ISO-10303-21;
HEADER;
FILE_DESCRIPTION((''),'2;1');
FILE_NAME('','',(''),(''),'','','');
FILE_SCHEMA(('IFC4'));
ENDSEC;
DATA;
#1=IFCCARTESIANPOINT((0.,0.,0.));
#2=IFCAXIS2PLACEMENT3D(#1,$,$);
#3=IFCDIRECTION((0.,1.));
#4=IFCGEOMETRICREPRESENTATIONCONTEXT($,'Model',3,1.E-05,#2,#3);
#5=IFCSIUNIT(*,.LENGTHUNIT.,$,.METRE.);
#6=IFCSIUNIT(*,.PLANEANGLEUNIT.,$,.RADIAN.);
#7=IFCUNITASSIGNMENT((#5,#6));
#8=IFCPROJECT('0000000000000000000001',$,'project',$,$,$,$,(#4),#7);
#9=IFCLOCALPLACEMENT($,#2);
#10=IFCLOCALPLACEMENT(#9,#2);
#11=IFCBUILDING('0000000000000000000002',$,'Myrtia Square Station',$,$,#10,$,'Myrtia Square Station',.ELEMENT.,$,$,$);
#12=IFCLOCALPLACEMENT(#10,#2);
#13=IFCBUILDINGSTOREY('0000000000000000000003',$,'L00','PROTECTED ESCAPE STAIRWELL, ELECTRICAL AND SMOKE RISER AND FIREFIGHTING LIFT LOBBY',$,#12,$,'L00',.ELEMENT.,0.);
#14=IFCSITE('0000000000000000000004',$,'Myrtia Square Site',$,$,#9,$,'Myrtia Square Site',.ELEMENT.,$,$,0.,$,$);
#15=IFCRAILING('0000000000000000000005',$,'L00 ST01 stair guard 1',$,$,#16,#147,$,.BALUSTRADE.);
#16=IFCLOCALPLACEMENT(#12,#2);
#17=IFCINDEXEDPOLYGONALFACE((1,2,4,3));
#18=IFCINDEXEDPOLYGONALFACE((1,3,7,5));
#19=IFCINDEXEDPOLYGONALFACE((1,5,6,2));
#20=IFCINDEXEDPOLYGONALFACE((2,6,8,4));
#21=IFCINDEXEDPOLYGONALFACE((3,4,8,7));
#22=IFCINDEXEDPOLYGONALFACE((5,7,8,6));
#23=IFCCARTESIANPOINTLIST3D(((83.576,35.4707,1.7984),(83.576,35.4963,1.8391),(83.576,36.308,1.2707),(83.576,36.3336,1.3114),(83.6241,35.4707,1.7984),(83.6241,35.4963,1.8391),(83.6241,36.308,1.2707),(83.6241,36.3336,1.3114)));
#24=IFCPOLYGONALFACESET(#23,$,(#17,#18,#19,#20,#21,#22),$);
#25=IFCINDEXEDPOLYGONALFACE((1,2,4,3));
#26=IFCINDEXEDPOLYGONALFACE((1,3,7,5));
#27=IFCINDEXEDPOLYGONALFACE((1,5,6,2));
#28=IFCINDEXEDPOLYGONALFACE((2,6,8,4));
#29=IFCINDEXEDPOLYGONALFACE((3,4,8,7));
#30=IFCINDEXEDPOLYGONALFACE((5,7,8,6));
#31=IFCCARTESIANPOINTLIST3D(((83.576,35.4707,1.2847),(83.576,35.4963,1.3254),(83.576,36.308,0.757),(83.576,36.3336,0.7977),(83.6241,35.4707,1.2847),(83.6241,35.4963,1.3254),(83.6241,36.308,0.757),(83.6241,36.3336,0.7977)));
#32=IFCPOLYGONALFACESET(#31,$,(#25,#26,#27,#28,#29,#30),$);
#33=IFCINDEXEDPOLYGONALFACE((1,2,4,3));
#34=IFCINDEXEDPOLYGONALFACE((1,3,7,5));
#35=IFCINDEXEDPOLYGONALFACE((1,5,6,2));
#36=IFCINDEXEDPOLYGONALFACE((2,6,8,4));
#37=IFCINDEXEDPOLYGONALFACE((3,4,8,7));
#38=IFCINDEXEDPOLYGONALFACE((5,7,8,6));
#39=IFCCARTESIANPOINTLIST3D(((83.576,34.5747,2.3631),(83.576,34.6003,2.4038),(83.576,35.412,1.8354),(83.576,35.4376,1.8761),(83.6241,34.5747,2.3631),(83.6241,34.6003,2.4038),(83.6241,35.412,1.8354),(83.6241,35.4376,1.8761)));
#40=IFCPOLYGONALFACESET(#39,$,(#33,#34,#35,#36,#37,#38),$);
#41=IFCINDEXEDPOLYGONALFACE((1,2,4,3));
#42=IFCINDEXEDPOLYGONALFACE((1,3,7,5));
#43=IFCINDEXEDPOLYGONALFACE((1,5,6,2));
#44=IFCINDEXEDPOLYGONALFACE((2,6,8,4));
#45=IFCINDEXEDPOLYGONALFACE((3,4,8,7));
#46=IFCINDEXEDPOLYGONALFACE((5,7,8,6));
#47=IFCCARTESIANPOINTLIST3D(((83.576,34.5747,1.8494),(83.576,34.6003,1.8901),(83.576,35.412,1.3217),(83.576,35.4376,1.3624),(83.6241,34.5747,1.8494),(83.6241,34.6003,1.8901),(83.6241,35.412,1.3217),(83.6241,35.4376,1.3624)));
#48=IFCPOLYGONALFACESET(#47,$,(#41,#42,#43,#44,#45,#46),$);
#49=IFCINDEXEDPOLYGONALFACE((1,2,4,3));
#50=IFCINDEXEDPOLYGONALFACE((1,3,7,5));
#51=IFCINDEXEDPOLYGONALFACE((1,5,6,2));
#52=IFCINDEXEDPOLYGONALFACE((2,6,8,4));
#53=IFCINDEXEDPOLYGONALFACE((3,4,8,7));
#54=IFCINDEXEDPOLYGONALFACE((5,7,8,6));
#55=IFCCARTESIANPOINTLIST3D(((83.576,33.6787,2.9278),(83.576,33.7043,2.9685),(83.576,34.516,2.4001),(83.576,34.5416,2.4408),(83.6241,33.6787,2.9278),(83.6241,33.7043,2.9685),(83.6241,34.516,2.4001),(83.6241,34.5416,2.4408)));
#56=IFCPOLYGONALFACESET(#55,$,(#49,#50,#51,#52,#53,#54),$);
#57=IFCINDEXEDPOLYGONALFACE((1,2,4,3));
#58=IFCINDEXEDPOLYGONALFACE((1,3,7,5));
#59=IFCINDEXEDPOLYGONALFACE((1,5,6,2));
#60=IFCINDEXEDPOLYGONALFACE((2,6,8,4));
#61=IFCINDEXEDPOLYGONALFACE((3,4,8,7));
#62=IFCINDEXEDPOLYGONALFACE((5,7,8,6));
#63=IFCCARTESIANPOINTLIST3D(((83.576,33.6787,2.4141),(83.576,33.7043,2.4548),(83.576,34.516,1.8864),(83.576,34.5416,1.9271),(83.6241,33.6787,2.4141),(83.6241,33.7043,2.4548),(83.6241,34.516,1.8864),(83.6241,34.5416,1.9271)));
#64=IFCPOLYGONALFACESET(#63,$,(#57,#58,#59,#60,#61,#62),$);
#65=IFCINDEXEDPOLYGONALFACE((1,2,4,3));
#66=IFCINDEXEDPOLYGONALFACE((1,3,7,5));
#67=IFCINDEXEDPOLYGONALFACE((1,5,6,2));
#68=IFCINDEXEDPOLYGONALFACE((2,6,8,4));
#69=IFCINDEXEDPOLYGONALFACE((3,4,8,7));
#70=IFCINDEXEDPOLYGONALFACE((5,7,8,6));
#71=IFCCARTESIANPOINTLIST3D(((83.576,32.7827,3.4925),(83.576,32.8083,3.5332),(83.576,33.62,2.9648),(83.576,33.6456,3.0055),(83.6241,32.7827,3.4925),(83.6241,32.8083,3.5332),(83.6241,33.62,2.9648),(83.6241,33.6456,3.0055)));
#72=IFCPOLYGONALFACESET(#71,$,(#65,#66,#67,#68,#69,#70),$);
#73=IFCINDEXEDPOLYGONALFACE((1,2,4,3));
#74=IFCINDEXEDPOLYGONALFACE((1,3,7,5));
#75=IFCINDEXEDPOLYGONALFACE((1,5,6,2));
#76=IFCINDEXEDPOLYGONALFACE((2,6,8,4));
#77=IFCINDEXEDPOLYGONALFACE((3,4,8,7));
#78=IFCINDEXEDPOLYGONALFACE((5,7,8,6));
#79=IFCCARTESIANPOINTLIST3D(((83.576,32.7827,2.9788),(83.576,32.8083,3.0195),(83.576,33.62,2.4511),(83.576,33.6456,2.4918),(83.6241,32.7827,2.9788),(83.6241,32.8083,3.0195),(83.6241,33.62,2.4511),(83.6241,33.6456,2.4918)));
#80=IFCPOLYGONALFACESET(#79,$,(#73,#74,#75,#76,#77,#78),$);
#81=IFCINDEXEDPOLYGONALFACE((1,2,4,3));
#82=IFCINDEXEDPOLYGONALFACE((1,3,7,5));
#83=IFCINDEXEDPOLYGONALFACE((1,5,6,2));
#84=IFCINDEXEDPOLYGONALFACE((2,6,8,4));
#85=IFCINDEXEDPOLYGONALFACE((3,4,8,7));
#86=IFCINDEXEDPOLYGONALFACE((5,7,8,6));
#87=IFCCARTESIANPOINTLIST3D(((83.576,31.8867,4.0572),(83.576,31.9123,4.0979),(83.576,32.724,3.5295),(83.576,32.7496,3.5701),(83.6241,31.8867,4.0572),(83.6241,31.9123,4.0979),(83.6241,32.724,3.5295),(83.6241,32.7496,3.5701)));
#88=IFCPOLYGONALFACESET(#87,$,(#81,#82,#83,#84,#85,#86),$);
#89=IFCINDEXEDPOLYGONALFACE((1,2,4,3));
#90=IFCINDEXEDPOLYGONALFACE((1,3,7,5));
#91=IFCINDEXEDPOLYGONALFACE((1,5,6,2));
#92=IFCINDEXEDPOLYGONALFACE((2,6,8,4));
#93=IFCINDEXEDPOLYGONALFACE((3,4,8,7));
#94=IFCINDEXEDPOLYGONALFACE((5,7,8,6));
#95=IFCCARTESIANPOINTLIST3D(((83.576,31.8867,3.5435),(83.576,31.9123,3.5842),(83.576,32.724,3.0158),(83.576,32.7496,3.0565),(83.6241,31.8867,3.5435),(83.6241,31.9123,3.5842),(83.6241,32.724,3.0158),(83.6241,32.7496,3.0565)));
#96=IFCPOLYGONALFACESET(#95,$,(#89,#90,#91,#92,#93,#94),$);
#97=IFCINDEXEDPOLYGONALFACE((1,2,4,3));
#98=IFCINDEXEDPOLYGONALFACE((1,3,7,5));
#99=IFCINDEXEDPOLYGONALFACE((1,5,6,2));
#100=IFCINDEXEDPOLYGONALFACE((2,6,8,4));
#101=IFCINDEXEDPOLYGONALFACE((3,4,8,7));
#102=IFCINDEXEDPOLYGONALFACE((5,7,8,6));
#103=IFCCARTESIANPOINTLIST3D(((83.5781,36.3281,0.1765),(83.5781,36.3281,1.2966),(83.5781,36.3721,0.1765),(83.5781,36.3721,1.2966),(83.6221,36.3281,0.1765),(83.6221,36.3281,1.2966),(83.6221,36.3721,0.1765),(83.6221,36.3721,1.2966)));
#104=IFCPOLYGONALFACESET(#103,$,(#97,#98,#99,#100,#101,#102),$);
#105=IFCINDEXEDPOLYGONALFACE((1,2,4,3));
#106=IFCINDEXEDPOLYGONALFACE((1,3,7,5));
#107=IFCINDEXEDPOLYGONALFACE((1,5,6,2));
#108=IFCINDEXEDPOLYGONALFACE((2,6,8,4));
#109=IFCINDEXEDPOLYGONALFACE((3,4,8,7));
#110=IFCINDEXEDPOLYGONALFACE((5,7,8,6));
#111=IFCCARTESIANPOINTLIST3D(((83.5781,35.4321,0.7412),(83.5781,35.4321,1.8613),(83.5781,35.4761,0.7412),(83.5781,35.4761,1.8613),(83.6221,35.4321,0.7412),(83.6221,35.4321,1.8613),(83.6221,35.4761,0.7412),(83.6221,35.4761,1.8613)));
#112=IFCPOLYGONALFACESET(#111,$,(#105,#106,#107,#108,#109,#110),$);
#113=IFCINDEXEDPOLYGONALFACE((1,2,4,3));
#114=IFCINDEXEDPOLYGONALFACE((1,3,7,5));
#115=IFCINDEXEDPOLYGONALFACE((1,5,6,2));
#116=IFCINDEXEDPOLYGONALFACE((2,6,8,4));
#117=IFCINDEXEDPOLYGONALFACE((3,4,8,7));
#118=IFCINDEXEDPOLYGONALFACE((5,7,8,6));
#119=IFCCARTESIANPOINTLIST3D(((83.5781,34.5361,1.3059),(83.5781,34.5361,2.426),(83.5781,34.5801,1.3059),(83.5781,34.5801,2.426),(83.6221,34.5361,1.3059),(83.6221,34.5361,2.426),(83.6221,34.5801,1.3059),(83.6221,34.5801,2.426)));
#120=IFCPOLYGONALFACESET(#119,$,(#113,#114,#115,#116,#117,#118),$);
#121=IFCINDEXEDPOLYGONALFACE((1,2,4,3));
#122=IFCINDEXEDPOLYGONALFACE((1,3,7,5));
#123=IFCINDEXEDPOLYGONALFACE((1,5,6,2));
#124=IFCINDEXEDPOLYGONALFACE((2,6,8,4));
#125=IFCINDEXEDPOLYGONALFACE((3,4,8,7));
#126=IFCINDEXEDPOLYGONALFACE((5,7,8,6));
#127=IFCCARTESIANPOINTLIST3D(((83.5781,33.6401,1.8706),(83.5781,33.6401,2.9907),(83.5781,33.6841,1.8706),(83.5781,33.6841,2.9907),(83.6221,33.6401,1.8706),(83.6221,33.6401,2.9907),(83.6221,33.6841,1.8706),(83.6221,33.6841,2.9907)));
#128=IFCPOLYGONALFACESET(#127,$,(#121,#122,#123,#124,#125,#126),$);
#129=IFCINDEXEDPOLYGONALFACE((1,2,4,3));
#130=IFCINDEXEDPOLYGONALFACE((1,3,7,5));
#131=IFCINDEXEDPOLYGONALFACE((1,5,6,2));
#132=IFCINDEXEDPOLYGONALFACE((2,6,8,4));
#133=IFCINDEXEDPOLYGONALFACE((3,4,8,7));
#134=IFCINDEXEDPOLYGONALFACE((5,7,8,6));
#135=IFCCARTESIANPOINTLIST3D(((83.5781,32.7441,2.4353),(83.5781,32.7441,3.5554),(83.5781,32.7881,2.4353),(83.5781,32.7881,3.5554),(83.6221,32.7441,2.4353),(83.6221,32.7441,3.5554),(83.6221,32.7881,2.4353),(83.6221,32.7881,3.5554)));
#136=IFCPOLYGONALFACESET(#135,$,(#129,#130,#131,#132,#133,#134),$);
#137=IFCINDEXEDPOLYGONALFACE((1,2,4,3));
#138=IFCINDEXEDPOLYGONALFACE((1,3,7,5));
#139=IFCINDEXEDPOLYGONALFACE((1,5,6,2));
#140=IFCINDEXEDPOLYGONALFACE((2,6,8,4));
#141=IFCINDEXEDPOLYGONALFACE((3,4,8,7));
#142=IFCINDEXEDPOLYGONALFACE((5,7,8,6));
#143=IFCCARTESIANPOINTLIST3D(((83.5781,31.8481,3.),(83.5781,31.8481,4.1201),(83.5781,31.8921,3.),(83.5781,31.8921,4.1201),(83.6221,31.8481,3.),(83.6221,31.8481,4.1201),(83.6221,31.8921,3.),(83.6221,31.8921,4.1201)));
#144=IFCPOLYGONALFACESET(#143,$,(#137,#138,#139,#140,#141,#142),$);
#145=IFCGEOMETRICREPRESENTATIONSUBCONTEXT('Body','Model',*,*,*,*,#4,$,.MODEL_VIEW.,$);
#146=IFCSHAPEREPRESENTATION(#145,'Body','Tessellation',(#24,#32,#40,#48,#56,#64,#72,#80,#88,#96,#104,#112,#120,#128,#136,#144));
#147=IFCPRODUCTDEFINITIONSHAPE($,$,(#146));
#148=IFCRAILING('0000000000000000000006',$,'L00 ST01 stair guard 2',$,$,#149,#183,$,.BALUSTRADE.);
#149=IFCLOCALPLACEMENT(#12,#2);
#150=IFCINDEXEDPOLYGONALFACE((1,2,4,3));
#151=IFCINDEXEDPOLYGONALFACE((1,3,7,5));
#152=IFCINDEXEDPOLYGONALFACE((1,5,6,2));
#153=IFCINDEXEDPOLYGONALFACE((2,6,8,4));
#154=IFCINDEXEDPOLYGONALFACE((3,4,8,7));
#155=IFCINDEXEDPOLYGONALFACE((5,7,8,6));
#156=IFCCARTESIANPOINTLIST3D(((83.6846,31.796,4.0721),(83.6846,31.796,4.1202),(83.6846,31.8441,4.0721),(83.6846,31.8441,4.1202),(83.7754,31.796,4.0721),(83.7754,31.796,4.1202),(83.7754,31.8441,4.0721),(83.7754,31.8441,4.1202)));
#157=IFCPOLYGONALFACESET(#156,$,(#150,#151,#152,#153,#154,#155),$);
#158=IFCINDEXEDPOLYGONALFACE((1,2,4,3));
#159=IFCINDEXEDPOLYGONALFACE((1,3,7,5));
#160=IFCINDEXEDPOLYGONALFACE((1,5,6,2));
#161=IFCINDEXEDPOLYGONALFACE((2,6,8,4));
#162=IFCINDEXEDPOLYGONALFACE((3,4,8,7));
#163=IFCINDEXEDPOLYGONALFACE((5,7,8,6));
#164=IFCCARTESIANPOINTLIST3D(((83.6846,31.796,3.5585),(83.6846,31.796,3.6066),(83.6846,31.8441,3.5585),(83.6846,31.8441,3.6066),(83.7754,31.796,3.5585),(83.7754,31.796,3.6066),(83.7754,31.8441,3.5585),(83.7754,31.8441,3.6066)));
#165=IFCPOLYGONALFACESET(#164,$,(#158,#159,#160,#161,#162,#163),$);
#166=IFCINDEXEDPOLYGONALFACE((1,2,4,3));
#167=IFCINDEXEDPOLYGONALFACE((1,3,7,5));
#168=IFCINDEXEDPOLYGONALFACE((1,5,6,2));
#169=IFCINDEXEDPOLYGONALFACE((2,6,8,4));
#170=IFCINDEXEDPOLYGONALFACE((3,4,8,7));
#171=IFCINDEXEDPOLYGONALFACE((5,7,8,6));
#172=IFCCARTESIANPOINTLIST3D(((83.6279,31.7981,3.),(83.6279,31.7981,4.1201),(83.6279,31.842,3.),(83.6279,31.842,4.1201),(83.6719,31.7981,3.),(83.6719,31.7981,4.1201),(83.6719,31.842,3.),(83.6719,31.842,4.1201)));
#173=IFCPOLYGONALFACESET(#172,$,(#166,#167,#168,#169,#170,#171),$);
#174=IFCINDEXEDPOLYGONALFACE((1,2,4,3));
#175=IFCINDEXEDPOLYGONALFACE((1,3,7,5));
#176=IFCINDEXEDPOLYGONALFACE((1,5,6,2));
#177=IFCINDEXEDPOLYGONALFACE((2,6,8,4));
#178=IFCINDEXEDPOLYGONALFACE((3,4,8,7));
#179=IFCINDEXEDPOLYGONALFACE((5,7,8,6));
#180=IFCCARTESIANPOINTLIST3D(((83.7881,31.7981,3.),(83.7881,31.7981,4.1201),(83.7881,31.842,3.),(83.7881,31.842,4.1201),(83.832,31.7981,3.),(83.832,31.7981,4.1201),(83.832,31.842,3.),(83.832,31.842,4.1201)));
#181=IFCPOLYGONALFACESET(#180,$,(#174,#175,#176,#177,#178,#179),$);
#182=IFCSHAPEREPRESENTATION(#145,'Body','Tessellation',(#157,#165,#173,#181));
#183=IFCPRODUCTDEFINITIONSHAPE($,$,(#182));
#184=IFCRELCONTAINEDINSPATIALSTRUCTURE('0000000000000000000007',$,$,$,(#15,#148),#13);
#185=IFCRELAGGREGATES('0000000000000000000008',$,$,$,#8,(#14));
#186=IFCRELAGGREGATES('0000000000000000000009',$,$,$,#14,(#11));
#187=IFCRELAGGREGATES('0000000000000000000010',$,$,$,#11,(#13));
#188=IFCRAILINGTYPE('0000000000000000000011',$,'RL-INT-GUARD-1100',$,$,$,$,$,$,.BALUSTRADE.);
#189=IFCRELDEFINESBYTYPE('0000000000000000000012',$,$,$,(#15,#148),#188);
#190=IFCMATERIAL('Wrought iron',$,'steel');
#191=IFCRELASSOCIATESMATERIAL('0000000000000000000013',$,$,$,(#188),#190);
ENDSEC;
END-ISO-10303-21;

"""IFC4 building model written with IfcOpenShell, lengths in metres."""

from ifc_helpers import new_model, si_unit, direction, frame, origin, origin_2d, place, context, subcontext, project, spatial, rectangle, extrude, material, type_object, element, save


model = new_model("IFC4")

# Units and contexts
model_context = context("Model", 3, precision=1e-05, world=origin(), true_north=direction((0.0, 1.0)))
body_context = subcontext(model_context, "Body", "Model", "MODEL_VIEW")
ifc_project = project(units=[si_unit("LENGTHUNIT", "METRE"), si_unit("PLANEANGLEUNIT", "RADIAN")], contexts=[model_context])

# Site, building, storey
site_placement = place(None, origin())
site = spatial("IfcSite", under=ifc_project, at=site_placement, Name="Myrtia Square Site", LongName="Myrtia Square Site", CompositionType="ELEMENT", RefElevation=0.0)
building_placement = place(site_placement, origin())
building = spatial("IfcBuilding", under=site, at=building_placement, Name="Myrtia Square Station", LongName="Myrtia Square Station", CompositionType="ELEMENT")
storey_placement = place(building_placement, origin())
storey = spatial("IfcBuildingStorey", under=building, at=storey_placement, Name="L00", Description="PROTECTED ESCAPE STAIRWELL, ELECTRICAL AND SMOKE RISER AND FIREFIGHTING LIFT LOBBY", LongName="L00", CompositionType="ELEMENT", Elevation=0.0)

# Railings
ifc_material_1 = material(Name="Wrought iron", Category="steel")
railing_type_1 = type_object("IfcRailingType", Name="RL-INT-GUARD-1100", PredefinedType="BALUSTRADE", material=ifc_material_1)
railing_1_placement = place(storey_placement, frame((83.6001, 36.3501, 0.1765)))
element("IfcRailing", 1, at=railing_1_placement, inside=storey, type_object=railing_type_1, Name="L00 ST01 stair guard 1", PredefinedType="BALUSTRADE", context=body_context, shape_type="SweptSolid", body=[
    extrude(rectangle(XDim=0.0481, YDim=0.0481, at=origin_2d()), frame((0.0, -0.0293, 1.1145), z_axis=(0.0, -0.845998, 0.533186), x_axis=(1.0, 0.0, 0.0)), (0.0, 0.0, 1.0), 0.9897),
    extrude(rectangle(XDim=0.0481, YDim=0.0481, at=origin_2d()), frame((0.0, -0.0293, 0.6008), z_axis=(0.0, -0.845998, 0.533186), x_axis=(1.0, 0.0, 0.0)), (0.0, 0.0, 1.0), 0.9897),
    extrude(rectangle(XDim=0.0481, YDim=0.0481, at=origin_2d()), frame((0.0, -0.9253, 1.6792), z_axis=(0.0, -0.845998, 0.533186), x_axis=(1.0, 0.0, 0.0)), (0.0, 0.0, 1.0), 0.9897),
    extrude(rectangle(XDim=0.0481, YDim=0.0481, at=origin_2d()), frame((0.0, -0.9253, 1.1655), z_axis=(0.0, -0.845998, 0.533186), x_axis=(1.0, 0.0, 0.0)), (0.0, 0.0, 1.0), 0.9897),
    extrude(rectangle(XDim=0.0481, YDim=0.0481, at=origin_2d()), frame((0.0, -1.8213, 2.2439), z_axis=(0.0, -0.845998, 0.533186), x_axis=(1.0, 0.0, 0.0)), (0.0, 0.0, 1.0), 0.9897),
    extrude(rectangle(XDim=0.0481, YDim=0.0481, at=origin_2d()), frame((0.0, -1.8213, 1.7302), z_axis=(0.0, -0.845998, 0.533186), x_axis=(1.0, 0.0, 0.0)), (0.0, 0.0, 1.0), 0.9897),
    extrude(rectangle(XDim=0.0481, YDim=0.0481, at=origin_2d()), frame((0.0, -2.7173, 2.8086), z_axis=(0.0, -0.845998, 0.533186), x_axis=(1.0, 0.0, 0.0)), (0.0, 0.0, 1.0), 0.9897),
    extrude(rectangle(XDim=0.0481, YDim=0.0481, at=origin_2d()), frame((0.0, -2.7173, 2.2949), z_axis=(0.0, -0.845998, 0.533186), x_axis=(1.0, 0.0, 0.0)), (0.0, 0.0, 1.0), 0.9897),
    extrude(rectangle(XDim=0.0481, YDim=0.0481, at=origin_2d()), frame((0.0, -3.6133, 3.3733), z_axis=(0.0, -0.845998, 0.533186), x_axis=(1.0, 0.0, 0.0)), (0.0, 0.0, 1.0), 0.9897),
    extrude(rectangle(XDim=0.0481, YDim=0.0481, at=origin_2d()), frame((0.0, -3.6133, 2.8596), z_axis=(0.0, -0.845998, 0.533186), x_axis=(1.0, 0.0, 0.0)), (0.0, 0.0, 1.0), 0.9897),
    extrude(rectangle(XDim=0.0439, YDim=0.0439, at=origin_2d()), origin(), (0.0, 0.0, 1.0), 1.1201),
    extrude(rectangle(XDim=0.0439, YDim=0.0439, at=origin_2d()), frame((0.0, -0.896, 0.5647)), (0.0, 0.0, 1.0), 1.1201),
    extrude(rectangle(XDim=0.0439, YDim=0.0439, at=origin_2d()), frame((0.0, -1.792, 1.1294)), (0.0, 0.0, 1.0), 1.1201),
    extrude(rectangle(XDim=0.0439, YDim=0.0439, at=origin_2d()), frame((0.0, -2.688, 1.6941)), (0.0, 0.0, 1.0), 1.1201),
    extrude(rectangle(XDim=0.0439, YDim=0.0439, at=origin_2d()), frame((0.0, -3.584, 2.2588)), (0.0, 0.0, 1.0), 1.1201),
    extrude(rectangle(XDim=0.0439, YDim=0.0439, at=origin_2d()), frame((0.0, -4.48, 2.8235)), (0.0, 0.0, 1.0), 1.1201),
])
railing_2_placement = place(storey_placement, frame((83.6499, 31.8201, 3.0)))
element("IfcRailing", 2, at=railing_2_placement, inside=storey, type_object=railing_type_1, Name="L00 ST01 stair guard 2", PredefinedType="BALUSTRADE", context=body_context, shape_type="SweptSolid", body=[
    extrude(rectangle(XDim=0.0481, YDim=0.0481, at=origin_2d()), frame((0.0347, 0.0, 1.0962), z_axis=(1.0, 0.0, 0.0), x_axis=(0.0, 1.0, 0.0)), (0.0, 0.0, 1.0), 0.0908),
    extrude(rectangle(XDim=0.0481, YDim=0.0481, at=origin_2d()), frame((0.0347, 0.0, 0.5825), z_axis=(1.0, 0.0, 0.0), x_axis=(0.0, 1.0, 0.0)), (0.0, 0.0, 1.0), 0.0908),
    extrude(rectangle(XDim=0.0439, YDim=0.0439, at=origin_2d()), origin(), (0.0, 0.0, 1.0), 1.1201),
    extrude(rectangle(XDim=0.0439, YDim=0.0439, at=origin_2d()), frame((0.1602, 0.0, 0.0)), (0.0, 0.0, 1.0), 1.1201),
])

save(model, "model.ifc")
